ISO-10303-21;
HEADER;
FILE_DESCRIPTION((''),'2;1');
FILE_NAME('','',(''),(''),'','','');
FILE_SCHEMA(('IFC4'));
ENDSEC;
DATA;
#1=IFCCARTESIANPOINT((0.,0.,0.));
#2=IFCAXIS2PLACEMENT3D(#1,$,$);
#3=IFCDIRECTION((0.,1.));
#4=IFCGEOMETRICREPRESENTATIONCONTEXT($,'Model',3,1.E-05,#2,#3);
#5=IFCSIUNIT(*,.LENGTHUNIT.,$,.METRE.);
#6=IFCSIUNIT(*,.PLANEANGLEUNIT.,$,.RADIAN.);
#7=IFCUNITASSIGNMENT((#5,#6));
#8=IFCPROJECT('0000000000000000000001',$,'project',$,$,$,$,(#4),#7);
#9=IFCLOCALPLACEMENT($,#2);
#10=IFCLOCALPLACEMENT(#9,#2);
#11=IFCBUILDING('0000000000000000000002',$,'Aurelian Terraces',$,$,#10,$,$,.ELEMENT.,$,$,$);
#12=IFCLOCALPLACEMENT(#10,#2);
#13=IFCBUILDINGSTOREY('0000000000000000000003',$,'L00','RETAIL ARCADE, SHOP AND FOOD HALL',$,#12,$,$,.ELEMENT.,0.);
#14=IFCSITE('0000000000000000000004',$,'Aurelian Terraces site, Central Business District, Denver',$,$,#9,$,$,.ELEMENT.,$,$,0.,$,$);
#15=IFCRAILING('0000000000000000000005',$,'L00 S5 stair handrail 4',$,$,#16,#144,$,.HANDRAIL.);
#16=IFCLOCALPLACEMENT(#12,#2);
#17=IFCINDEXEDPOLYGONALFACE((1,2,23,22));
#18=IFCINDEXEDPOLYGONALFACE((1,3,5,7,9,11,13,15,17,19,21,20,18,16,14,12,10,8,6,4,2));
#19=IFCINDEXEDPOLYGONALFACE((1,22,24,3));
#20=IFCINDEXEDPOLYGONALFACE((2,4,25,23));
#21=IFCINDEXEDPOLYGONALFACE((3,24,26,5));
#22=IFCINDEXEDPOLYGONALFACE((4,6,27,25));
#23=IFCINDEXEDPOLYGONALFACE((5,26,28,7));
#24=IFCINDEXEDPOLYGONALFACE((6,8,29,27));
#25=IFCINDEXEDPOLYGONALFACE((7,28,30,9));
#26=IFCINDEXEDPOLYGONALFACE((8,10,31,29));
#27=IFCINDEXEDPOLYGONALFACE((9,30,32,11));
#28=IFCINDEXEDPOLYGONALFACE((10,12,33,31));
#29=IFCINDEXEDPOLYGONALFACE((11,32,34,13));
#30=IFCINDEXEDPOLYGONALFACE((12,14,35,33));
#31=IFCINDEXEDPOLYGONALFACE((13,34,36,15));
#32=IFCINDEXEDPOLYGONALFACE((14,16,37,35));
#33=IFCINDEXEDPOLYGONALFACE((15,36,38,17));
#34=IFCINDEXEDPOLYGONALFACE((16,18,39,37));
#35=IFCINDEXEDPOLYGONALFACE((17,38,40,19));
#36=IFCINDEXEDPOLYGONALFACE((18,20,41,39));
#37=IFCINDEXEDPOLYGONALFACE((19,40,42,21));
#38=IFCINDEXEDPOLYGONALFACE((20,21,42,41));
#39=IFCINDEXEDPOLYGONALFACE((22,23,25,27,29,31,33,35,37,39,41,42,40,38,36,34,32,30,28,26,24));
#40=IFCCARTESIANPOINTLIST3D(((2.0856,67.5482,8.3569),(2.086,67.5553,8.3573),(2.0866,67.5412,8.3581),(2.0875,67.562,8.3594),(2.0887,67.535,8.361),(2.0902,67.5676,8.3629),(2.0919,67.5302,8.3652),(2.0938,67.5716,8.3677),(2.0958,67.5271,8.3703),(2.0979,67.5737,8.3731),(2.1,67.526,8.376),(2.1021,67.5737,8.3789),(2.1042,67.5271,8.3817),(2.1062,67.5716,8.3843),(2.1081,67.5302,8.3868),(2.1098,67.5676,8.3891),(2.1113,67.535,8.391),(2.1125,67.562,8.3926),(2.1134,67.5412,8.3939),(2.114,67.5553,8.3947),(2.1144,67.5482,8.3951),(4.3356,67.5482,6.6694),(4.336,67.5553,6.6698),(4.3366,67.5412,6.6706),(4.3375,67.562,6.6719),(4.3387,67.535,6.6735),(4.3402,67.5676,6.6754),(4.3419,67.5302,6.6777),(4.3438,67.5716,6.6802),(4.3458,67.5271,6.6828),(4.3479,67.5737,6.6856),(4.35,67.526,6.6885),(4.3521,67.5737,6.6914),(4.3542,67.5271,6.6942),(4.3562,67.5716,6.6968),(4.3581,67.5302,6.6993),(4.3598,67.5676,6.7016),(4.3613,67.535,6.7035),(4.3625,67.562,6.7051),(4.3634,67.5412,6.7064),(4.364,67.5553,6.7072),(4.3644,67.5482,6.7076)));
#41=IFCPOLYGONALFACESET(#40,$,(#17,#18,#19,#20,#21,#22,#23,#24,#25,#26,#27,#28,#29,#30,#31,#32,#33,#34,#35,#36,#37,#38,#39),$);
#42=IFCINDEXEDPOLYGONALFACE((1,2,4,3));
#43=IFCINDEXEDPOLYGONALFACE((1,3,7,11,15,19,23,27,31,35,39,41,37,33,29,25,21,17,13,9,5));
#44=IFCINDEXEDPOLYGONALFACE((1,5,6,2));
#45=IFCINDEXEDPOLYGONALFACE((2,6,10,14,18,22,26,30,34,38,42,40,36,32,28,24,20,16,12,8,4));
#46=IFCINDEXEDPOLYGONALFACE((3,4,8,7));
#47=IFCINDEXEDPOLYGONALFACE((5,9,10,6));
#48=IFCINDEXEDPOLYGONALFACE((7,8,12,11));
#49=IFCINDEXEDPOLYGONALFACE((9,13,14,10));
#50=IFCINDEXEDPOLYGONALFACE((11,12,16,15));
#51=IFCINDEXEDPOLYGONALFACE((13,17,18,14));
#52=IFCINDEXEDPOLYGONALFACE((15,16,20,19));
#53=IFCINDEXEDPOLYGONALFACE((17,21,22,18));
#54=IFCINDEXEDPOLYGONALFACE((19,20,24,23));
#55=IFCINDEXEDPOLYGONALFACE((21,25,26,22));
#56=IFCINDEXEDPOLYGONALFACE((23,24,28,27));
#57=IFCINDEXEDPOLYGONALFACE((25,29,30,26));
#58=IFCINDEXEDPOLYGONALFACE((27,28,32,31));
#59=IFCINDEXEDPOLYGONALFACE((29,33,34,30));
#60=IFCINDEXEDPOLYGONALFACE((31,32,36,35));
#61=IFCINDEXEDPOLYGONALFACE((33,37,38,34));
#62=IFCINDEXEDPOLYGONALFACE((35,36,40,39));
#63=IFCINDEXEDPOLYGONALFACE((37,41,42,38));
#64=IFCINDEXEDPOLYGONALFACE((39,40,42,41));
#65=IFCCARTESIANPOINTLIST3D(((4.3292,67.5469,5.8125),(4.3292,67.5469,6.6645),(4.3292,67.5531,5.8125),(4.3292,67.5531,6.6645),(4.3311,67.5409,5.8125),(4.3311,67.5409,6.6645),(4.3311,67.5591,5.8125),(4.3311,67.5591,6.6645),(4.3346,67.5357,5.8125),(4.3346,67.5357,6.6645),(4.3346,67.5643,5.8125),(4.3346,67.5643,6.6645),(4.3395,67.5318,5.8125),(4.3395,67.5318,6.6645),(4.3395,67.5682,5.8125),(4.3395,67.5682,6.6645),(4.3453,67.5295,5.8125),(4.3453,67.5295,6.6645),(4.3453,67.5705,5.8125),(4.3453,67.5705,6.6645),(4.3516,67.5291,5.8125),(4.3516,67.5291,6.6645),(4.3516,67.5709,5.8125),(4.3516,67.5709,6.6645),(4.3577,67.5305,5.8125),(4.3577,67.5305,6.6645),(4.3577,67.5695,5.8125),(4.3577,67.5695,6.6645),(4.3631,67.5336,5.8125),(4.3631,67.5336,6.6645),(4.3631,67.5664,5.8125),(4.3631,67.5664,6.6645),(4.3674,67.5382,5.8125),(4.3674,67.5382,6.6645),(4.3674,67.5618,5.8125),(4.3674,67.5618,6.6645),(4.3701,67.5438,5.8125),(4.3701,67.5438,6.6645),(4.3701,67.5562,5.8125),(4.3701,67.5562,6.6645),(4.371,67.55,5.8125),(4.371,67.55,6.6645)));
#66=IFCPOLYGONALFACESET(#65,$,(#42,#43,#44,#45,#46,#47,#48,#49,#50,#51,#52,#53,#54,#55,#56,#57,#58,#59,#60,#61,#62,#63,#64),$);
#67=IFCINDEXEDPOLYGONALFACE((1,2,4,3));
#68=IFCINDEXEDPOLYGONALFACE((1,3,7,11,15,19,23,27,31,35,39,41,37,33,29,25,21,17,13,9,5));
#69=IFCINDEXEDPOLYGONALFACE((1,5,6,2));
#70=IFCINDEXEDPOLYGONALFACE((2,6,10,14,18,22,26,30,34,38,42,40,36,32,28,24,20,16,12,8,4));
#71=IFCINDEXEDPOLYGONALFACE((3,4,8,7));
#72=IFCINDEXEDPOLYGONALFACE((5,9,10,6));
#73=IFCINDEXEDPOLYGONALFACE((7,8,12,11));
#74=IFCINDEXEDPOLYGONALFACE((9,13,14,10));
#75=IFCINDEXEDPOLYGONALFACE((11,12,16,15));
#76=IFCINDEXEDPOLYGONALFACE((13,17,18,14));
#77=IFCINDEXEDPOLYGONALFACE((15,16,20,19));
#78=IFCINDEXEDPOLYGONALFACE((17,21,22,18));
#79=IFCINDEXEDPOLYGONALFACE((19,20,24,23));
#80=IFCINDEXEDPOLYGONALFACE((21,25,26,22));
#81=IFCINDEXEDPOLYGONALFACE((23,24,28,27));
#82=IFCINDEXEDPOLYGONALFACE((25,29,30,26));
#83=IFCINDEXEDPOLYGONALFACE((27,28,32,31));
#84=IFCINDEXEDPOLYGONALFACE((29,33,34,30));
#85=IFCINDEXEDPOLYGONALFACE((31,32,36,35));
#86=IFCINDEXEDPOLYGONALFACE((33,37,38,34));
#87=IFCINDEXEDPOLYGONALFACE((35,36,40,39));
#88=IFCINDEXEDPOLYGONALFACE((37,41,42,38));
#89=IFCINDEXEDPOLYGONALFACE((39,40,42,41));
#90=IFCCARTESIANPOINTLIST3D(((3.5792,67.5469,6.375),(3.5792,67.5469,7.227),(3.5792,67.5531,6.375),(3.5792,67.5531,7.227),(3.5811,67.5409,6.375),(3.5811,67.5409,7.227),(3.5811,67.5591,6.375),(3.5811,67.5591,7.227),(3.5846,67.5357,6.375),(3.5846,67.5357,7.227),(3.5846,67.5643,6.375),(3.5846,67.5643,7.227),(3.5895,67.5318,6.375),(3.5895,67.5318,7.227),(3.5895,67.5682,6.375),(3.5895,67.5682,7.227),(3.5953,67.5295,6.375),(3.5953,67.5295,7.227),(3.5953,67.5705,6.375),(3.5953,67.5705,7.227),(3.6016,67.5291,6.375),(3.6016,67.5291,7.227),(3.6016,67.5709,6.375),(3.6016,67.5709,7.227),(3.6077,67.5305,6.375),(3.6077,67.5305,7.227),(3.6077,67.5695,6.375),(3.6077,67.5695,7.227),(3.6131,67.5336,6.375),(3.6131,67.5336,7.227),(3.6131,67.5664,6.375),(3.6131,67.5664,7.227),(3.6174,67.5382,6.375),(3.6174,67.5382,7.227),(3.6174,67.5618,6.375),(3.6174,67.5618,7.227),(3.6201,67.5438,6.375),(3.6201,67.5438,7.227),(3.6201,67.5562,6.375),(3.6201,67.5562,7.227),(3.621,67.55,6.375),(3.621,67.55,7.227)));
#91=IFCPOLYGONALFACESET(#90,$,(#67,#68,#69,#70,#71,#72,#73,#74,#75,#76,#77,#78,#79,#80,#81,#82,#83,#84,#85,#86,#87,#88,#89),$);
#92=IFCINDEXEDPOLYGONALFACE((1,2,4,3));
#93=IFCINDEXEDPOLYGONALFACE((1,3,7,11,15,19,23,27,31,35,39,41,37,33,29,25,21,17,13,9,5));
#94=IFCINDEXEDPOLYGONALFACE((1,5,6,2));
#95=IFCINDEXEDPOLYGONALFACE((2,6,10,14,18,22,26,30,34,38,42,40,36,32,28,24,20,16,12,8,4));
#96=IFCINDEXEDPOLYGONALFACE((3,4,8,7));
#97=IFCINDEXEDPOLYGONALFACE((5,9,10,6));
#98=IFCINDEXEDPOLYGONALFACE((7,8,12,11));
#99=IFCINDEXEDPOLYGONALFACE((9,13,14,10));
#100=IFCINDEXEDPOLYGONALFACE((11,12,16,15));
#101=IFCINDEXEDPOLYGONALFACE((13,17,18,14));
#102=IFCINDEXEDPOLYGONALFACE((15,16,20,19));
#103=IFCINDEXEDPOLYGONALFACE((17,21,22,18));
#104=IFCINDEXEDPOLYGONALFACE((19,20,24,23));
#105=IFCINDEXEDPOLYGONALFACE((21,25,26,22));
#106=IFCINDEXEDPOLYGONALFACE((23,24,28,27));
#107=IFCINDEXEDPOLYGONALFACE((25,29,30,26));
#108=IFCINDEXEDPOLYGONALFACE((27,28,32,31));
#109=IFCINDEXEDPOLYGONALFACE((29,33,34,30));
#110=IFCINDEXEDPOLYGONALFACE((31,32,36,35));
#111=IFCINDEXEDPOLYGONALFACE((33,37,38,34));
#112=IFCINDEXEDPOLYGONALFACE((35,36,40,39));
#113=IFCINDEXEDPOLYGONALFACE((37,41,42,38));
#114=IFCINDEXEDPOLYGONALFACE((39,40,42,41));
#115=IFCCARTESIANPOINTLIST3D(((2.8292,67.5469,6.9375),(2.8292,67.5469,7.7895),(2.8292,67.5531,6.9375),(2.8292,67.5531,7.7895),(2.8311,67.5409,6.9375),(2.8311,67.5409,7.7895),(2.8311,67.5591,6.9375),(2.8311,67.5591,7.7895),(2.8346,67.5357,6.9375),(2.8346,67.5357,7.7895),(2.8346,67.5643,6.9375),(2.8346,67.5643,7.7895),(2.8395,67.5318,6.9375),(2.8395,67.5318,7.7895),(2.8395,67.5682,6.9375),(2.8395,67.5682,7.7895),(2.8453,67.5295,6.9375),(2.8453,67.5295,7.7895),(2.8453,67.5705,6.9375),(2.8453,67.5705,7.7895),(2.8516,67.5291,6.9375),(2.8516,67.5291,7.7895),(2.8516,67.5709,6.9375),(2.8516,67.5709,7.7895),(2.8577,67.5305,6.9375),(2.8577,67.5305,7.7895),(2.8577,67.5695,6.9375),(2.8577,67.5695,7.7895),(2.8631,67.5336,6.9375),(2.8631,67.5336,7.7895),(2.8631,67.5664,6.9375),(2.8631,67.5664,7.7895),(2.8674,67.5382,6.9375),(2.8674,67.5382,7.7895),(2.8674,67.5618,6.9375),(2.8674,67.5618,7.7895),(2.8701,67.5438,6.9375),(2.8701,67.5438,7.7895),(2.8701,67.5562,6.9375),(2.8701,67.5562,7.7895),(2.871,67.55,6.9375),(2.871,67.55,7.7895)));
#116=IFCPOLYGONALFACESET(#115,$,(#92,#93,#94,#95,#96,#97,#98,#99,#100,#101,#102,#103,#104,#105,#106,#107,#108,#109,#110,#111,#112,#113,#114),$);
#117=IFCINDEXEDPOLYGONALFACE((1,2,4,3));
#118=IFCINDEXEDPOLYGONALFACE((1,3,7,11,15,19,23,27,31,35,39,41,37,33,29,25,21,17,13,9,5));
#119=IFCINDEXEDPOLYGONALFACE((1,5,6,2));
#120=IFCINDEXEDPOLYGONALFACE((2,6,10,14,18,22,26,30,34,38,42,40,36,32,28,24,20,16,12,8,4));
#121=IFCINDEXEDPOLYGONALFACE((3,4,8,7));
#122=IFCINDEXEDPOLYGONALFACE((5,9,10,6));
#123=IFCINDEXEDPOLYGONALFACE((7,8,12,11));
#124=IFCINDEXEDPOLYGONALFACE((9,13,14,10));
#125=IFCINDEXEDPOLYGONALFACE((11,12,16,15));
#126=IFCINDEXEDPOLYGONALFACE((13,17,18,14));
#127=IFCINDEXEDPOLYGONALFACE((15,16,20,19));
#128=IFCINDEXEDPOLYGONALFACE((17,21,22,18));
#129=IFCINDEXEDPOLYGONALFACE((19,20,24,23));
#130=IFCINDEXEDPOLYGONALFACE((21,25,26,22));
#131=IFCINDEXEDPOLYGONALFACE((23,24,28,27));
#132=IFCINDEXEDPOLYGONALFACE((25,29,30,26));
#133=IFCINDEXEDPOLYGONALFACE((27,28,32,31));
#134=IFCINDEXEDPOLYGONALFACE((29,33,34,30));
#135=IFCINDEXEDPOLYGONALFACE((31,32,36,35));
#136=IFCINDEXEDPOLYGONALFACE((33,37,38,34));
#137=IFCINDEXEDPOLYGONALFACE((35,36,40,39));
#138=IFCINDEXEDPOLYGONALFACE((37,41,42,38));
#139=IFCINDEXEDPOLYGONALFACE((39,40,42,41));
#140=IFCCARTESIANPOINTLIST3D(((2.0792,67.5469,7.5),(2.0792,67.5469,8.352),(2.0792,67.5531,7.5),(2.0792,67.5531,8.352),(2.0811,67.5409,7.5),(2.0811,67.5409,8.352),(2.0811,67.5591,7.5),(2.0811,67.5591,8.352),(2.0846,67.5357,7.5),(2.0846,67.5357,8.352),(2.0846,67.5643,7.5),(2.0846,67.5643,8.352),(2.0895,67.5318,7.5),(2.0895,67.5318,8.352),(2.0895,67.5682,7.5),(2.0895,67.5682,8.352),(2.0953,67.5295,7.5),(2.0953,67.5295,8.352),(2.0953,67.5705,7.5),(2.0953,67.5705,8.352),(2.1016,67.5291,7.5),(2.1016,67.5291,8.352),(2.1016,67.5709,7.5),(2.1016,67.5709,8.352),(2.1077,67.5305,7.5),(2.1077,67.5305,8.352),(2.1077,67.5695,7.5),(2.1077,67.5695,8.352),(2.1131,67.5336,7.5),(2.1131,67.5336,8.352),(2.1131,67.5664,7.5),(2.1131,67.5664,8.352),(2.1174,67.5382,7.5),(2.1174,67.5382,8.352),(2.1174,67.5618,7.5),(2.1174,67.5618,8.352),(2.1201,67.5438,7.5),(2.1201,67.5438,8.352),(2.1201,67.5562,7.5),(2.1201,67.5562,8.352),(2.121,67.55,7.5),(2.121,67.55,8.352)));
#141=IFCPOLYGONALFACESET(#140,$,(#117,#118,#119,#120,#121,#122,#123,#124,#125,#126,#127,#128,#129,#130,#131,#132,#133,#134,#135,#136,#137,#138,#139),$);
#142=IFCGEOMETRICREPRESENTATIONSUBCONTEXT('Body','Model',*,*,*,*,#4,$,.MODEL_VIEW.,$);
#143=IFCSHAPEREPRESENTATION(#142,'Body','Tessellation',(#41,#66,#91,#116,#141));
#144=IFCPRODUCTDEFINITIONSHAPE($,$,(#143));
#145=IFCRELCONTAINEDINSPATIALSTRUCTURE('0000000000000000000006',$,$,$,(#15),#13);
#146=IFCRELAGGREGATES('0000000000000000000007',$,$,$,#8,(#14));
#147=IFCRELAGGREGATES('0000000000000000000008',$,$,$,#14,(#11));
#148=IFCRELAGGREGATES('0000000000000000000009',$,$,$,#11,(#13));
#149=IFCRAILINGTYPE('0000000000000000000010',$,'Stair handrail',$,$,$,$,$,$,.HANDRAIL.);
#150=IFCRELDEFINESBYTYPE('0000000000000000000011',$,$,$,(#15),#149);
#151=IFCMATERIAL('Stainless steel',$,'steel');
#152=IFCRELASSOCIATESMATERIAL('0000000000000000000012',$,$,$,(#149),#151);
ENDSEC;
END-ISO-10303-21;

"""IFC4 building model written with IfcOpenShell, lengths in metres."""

from ifc_helpers import new_model, si_unit, direction, frame, origin, origin_2d, place, context, subcontext, project, spatial, circle, extrude, source, transform, mapped, material, type_object, element, save


model = new_model("IFC4")

# Units and contexts
model_context = context("Model", 3, precision=1e-05, world=origin(), true_north=direction((0.0, 1.0)))
body_context = subcontext(model_context, "Body", "Model", "MODEL_VIEW")
ifc_project = project(units=[si_unit("LENGTHUNIT", "METRE"), si_unit("PLANEANGLEUNIT", "RADIAN")], contexts=[model_context])

# Site, building, storey
site_placement = place(None, origin())
site = spatial("IfcSite", under=ifc_project, at=site_placement, Name="Aurelian Terraces site, Central Business District, Denver", CompositionType="ELEMENT", RefElevation=0.0)
building_placement = place(site_placement, origin())
building = spatial("IfcBuilding", under=site, at=building_placement, Name="Aurelian Terraces", CompositionType="ELEMENT")
storey_placement = place(building_placement, origin())
storey = spatial("IfcBuildingStorey", under=building, at=storey_placement, Name="L00", Description="RETAIL ARCADE, SHOP AND FOOD HALL", CompositionType="ELEMENT", Elevation=0.0)

# Railing
ifc_material_1 = material(Name="Stainless steel", Category="steel")
railing_type_1 = type_object("IfcRailingType", Name="Stair handrail", PredefinedType="HANDRAIL", material=ifc_material_1)
shared_shape_1 = source(origin(), body_context, "Body", "SweptSolid", [
    extrude(circle(Radius=0.024, at=origin_2d()), frame((0.0, 0.0, 0.876), z_axis=(-0.8, 0.0, 0.6), x_axis=(0.0, -1.0, 0.0)), (0.0, 0.0, 1.0), 2.8125),
    extrude(circle(Radius=0.021, at=origin_2d()), origin(), (0.0, 0.0, 1.0), 0.852),
    extrude(circle(Radius=0.021, at=origin_2d()), frame((-0.75, 0.0, 0.5625)), (0.0, 0.0, 1.0), 0.852),
    extrude(circle(Radius=0.021, at=origin_2d()), frame((-1.5, 0.0, 1.125)), (0.0, 0.0, 1.0), 0.852),
    extrude(circle(Radius=0.021, at=origin_2d()), frame((-2.25, 0.0, 1.6875)), (0.0, 0.0, 1.0), 0.852),
])
for number, where, name in (
    (1, (4.35, 67.55, 5.8125), "L00 S5 stair handrail 4"),
):
    element("IfcRailing", number, at=place(storey_placement, frame(where)), inside=storey, type_object=railing_type_1, Name=name, PredefinedType="HANDRAIL", context=body_context, shape_type="MappedRepresentation", body=[
        mapped(shared_shape_1, transform((0.0, 0.0, 0.0), scale=1.0)),
    ])

save(model, "model.ifc")
